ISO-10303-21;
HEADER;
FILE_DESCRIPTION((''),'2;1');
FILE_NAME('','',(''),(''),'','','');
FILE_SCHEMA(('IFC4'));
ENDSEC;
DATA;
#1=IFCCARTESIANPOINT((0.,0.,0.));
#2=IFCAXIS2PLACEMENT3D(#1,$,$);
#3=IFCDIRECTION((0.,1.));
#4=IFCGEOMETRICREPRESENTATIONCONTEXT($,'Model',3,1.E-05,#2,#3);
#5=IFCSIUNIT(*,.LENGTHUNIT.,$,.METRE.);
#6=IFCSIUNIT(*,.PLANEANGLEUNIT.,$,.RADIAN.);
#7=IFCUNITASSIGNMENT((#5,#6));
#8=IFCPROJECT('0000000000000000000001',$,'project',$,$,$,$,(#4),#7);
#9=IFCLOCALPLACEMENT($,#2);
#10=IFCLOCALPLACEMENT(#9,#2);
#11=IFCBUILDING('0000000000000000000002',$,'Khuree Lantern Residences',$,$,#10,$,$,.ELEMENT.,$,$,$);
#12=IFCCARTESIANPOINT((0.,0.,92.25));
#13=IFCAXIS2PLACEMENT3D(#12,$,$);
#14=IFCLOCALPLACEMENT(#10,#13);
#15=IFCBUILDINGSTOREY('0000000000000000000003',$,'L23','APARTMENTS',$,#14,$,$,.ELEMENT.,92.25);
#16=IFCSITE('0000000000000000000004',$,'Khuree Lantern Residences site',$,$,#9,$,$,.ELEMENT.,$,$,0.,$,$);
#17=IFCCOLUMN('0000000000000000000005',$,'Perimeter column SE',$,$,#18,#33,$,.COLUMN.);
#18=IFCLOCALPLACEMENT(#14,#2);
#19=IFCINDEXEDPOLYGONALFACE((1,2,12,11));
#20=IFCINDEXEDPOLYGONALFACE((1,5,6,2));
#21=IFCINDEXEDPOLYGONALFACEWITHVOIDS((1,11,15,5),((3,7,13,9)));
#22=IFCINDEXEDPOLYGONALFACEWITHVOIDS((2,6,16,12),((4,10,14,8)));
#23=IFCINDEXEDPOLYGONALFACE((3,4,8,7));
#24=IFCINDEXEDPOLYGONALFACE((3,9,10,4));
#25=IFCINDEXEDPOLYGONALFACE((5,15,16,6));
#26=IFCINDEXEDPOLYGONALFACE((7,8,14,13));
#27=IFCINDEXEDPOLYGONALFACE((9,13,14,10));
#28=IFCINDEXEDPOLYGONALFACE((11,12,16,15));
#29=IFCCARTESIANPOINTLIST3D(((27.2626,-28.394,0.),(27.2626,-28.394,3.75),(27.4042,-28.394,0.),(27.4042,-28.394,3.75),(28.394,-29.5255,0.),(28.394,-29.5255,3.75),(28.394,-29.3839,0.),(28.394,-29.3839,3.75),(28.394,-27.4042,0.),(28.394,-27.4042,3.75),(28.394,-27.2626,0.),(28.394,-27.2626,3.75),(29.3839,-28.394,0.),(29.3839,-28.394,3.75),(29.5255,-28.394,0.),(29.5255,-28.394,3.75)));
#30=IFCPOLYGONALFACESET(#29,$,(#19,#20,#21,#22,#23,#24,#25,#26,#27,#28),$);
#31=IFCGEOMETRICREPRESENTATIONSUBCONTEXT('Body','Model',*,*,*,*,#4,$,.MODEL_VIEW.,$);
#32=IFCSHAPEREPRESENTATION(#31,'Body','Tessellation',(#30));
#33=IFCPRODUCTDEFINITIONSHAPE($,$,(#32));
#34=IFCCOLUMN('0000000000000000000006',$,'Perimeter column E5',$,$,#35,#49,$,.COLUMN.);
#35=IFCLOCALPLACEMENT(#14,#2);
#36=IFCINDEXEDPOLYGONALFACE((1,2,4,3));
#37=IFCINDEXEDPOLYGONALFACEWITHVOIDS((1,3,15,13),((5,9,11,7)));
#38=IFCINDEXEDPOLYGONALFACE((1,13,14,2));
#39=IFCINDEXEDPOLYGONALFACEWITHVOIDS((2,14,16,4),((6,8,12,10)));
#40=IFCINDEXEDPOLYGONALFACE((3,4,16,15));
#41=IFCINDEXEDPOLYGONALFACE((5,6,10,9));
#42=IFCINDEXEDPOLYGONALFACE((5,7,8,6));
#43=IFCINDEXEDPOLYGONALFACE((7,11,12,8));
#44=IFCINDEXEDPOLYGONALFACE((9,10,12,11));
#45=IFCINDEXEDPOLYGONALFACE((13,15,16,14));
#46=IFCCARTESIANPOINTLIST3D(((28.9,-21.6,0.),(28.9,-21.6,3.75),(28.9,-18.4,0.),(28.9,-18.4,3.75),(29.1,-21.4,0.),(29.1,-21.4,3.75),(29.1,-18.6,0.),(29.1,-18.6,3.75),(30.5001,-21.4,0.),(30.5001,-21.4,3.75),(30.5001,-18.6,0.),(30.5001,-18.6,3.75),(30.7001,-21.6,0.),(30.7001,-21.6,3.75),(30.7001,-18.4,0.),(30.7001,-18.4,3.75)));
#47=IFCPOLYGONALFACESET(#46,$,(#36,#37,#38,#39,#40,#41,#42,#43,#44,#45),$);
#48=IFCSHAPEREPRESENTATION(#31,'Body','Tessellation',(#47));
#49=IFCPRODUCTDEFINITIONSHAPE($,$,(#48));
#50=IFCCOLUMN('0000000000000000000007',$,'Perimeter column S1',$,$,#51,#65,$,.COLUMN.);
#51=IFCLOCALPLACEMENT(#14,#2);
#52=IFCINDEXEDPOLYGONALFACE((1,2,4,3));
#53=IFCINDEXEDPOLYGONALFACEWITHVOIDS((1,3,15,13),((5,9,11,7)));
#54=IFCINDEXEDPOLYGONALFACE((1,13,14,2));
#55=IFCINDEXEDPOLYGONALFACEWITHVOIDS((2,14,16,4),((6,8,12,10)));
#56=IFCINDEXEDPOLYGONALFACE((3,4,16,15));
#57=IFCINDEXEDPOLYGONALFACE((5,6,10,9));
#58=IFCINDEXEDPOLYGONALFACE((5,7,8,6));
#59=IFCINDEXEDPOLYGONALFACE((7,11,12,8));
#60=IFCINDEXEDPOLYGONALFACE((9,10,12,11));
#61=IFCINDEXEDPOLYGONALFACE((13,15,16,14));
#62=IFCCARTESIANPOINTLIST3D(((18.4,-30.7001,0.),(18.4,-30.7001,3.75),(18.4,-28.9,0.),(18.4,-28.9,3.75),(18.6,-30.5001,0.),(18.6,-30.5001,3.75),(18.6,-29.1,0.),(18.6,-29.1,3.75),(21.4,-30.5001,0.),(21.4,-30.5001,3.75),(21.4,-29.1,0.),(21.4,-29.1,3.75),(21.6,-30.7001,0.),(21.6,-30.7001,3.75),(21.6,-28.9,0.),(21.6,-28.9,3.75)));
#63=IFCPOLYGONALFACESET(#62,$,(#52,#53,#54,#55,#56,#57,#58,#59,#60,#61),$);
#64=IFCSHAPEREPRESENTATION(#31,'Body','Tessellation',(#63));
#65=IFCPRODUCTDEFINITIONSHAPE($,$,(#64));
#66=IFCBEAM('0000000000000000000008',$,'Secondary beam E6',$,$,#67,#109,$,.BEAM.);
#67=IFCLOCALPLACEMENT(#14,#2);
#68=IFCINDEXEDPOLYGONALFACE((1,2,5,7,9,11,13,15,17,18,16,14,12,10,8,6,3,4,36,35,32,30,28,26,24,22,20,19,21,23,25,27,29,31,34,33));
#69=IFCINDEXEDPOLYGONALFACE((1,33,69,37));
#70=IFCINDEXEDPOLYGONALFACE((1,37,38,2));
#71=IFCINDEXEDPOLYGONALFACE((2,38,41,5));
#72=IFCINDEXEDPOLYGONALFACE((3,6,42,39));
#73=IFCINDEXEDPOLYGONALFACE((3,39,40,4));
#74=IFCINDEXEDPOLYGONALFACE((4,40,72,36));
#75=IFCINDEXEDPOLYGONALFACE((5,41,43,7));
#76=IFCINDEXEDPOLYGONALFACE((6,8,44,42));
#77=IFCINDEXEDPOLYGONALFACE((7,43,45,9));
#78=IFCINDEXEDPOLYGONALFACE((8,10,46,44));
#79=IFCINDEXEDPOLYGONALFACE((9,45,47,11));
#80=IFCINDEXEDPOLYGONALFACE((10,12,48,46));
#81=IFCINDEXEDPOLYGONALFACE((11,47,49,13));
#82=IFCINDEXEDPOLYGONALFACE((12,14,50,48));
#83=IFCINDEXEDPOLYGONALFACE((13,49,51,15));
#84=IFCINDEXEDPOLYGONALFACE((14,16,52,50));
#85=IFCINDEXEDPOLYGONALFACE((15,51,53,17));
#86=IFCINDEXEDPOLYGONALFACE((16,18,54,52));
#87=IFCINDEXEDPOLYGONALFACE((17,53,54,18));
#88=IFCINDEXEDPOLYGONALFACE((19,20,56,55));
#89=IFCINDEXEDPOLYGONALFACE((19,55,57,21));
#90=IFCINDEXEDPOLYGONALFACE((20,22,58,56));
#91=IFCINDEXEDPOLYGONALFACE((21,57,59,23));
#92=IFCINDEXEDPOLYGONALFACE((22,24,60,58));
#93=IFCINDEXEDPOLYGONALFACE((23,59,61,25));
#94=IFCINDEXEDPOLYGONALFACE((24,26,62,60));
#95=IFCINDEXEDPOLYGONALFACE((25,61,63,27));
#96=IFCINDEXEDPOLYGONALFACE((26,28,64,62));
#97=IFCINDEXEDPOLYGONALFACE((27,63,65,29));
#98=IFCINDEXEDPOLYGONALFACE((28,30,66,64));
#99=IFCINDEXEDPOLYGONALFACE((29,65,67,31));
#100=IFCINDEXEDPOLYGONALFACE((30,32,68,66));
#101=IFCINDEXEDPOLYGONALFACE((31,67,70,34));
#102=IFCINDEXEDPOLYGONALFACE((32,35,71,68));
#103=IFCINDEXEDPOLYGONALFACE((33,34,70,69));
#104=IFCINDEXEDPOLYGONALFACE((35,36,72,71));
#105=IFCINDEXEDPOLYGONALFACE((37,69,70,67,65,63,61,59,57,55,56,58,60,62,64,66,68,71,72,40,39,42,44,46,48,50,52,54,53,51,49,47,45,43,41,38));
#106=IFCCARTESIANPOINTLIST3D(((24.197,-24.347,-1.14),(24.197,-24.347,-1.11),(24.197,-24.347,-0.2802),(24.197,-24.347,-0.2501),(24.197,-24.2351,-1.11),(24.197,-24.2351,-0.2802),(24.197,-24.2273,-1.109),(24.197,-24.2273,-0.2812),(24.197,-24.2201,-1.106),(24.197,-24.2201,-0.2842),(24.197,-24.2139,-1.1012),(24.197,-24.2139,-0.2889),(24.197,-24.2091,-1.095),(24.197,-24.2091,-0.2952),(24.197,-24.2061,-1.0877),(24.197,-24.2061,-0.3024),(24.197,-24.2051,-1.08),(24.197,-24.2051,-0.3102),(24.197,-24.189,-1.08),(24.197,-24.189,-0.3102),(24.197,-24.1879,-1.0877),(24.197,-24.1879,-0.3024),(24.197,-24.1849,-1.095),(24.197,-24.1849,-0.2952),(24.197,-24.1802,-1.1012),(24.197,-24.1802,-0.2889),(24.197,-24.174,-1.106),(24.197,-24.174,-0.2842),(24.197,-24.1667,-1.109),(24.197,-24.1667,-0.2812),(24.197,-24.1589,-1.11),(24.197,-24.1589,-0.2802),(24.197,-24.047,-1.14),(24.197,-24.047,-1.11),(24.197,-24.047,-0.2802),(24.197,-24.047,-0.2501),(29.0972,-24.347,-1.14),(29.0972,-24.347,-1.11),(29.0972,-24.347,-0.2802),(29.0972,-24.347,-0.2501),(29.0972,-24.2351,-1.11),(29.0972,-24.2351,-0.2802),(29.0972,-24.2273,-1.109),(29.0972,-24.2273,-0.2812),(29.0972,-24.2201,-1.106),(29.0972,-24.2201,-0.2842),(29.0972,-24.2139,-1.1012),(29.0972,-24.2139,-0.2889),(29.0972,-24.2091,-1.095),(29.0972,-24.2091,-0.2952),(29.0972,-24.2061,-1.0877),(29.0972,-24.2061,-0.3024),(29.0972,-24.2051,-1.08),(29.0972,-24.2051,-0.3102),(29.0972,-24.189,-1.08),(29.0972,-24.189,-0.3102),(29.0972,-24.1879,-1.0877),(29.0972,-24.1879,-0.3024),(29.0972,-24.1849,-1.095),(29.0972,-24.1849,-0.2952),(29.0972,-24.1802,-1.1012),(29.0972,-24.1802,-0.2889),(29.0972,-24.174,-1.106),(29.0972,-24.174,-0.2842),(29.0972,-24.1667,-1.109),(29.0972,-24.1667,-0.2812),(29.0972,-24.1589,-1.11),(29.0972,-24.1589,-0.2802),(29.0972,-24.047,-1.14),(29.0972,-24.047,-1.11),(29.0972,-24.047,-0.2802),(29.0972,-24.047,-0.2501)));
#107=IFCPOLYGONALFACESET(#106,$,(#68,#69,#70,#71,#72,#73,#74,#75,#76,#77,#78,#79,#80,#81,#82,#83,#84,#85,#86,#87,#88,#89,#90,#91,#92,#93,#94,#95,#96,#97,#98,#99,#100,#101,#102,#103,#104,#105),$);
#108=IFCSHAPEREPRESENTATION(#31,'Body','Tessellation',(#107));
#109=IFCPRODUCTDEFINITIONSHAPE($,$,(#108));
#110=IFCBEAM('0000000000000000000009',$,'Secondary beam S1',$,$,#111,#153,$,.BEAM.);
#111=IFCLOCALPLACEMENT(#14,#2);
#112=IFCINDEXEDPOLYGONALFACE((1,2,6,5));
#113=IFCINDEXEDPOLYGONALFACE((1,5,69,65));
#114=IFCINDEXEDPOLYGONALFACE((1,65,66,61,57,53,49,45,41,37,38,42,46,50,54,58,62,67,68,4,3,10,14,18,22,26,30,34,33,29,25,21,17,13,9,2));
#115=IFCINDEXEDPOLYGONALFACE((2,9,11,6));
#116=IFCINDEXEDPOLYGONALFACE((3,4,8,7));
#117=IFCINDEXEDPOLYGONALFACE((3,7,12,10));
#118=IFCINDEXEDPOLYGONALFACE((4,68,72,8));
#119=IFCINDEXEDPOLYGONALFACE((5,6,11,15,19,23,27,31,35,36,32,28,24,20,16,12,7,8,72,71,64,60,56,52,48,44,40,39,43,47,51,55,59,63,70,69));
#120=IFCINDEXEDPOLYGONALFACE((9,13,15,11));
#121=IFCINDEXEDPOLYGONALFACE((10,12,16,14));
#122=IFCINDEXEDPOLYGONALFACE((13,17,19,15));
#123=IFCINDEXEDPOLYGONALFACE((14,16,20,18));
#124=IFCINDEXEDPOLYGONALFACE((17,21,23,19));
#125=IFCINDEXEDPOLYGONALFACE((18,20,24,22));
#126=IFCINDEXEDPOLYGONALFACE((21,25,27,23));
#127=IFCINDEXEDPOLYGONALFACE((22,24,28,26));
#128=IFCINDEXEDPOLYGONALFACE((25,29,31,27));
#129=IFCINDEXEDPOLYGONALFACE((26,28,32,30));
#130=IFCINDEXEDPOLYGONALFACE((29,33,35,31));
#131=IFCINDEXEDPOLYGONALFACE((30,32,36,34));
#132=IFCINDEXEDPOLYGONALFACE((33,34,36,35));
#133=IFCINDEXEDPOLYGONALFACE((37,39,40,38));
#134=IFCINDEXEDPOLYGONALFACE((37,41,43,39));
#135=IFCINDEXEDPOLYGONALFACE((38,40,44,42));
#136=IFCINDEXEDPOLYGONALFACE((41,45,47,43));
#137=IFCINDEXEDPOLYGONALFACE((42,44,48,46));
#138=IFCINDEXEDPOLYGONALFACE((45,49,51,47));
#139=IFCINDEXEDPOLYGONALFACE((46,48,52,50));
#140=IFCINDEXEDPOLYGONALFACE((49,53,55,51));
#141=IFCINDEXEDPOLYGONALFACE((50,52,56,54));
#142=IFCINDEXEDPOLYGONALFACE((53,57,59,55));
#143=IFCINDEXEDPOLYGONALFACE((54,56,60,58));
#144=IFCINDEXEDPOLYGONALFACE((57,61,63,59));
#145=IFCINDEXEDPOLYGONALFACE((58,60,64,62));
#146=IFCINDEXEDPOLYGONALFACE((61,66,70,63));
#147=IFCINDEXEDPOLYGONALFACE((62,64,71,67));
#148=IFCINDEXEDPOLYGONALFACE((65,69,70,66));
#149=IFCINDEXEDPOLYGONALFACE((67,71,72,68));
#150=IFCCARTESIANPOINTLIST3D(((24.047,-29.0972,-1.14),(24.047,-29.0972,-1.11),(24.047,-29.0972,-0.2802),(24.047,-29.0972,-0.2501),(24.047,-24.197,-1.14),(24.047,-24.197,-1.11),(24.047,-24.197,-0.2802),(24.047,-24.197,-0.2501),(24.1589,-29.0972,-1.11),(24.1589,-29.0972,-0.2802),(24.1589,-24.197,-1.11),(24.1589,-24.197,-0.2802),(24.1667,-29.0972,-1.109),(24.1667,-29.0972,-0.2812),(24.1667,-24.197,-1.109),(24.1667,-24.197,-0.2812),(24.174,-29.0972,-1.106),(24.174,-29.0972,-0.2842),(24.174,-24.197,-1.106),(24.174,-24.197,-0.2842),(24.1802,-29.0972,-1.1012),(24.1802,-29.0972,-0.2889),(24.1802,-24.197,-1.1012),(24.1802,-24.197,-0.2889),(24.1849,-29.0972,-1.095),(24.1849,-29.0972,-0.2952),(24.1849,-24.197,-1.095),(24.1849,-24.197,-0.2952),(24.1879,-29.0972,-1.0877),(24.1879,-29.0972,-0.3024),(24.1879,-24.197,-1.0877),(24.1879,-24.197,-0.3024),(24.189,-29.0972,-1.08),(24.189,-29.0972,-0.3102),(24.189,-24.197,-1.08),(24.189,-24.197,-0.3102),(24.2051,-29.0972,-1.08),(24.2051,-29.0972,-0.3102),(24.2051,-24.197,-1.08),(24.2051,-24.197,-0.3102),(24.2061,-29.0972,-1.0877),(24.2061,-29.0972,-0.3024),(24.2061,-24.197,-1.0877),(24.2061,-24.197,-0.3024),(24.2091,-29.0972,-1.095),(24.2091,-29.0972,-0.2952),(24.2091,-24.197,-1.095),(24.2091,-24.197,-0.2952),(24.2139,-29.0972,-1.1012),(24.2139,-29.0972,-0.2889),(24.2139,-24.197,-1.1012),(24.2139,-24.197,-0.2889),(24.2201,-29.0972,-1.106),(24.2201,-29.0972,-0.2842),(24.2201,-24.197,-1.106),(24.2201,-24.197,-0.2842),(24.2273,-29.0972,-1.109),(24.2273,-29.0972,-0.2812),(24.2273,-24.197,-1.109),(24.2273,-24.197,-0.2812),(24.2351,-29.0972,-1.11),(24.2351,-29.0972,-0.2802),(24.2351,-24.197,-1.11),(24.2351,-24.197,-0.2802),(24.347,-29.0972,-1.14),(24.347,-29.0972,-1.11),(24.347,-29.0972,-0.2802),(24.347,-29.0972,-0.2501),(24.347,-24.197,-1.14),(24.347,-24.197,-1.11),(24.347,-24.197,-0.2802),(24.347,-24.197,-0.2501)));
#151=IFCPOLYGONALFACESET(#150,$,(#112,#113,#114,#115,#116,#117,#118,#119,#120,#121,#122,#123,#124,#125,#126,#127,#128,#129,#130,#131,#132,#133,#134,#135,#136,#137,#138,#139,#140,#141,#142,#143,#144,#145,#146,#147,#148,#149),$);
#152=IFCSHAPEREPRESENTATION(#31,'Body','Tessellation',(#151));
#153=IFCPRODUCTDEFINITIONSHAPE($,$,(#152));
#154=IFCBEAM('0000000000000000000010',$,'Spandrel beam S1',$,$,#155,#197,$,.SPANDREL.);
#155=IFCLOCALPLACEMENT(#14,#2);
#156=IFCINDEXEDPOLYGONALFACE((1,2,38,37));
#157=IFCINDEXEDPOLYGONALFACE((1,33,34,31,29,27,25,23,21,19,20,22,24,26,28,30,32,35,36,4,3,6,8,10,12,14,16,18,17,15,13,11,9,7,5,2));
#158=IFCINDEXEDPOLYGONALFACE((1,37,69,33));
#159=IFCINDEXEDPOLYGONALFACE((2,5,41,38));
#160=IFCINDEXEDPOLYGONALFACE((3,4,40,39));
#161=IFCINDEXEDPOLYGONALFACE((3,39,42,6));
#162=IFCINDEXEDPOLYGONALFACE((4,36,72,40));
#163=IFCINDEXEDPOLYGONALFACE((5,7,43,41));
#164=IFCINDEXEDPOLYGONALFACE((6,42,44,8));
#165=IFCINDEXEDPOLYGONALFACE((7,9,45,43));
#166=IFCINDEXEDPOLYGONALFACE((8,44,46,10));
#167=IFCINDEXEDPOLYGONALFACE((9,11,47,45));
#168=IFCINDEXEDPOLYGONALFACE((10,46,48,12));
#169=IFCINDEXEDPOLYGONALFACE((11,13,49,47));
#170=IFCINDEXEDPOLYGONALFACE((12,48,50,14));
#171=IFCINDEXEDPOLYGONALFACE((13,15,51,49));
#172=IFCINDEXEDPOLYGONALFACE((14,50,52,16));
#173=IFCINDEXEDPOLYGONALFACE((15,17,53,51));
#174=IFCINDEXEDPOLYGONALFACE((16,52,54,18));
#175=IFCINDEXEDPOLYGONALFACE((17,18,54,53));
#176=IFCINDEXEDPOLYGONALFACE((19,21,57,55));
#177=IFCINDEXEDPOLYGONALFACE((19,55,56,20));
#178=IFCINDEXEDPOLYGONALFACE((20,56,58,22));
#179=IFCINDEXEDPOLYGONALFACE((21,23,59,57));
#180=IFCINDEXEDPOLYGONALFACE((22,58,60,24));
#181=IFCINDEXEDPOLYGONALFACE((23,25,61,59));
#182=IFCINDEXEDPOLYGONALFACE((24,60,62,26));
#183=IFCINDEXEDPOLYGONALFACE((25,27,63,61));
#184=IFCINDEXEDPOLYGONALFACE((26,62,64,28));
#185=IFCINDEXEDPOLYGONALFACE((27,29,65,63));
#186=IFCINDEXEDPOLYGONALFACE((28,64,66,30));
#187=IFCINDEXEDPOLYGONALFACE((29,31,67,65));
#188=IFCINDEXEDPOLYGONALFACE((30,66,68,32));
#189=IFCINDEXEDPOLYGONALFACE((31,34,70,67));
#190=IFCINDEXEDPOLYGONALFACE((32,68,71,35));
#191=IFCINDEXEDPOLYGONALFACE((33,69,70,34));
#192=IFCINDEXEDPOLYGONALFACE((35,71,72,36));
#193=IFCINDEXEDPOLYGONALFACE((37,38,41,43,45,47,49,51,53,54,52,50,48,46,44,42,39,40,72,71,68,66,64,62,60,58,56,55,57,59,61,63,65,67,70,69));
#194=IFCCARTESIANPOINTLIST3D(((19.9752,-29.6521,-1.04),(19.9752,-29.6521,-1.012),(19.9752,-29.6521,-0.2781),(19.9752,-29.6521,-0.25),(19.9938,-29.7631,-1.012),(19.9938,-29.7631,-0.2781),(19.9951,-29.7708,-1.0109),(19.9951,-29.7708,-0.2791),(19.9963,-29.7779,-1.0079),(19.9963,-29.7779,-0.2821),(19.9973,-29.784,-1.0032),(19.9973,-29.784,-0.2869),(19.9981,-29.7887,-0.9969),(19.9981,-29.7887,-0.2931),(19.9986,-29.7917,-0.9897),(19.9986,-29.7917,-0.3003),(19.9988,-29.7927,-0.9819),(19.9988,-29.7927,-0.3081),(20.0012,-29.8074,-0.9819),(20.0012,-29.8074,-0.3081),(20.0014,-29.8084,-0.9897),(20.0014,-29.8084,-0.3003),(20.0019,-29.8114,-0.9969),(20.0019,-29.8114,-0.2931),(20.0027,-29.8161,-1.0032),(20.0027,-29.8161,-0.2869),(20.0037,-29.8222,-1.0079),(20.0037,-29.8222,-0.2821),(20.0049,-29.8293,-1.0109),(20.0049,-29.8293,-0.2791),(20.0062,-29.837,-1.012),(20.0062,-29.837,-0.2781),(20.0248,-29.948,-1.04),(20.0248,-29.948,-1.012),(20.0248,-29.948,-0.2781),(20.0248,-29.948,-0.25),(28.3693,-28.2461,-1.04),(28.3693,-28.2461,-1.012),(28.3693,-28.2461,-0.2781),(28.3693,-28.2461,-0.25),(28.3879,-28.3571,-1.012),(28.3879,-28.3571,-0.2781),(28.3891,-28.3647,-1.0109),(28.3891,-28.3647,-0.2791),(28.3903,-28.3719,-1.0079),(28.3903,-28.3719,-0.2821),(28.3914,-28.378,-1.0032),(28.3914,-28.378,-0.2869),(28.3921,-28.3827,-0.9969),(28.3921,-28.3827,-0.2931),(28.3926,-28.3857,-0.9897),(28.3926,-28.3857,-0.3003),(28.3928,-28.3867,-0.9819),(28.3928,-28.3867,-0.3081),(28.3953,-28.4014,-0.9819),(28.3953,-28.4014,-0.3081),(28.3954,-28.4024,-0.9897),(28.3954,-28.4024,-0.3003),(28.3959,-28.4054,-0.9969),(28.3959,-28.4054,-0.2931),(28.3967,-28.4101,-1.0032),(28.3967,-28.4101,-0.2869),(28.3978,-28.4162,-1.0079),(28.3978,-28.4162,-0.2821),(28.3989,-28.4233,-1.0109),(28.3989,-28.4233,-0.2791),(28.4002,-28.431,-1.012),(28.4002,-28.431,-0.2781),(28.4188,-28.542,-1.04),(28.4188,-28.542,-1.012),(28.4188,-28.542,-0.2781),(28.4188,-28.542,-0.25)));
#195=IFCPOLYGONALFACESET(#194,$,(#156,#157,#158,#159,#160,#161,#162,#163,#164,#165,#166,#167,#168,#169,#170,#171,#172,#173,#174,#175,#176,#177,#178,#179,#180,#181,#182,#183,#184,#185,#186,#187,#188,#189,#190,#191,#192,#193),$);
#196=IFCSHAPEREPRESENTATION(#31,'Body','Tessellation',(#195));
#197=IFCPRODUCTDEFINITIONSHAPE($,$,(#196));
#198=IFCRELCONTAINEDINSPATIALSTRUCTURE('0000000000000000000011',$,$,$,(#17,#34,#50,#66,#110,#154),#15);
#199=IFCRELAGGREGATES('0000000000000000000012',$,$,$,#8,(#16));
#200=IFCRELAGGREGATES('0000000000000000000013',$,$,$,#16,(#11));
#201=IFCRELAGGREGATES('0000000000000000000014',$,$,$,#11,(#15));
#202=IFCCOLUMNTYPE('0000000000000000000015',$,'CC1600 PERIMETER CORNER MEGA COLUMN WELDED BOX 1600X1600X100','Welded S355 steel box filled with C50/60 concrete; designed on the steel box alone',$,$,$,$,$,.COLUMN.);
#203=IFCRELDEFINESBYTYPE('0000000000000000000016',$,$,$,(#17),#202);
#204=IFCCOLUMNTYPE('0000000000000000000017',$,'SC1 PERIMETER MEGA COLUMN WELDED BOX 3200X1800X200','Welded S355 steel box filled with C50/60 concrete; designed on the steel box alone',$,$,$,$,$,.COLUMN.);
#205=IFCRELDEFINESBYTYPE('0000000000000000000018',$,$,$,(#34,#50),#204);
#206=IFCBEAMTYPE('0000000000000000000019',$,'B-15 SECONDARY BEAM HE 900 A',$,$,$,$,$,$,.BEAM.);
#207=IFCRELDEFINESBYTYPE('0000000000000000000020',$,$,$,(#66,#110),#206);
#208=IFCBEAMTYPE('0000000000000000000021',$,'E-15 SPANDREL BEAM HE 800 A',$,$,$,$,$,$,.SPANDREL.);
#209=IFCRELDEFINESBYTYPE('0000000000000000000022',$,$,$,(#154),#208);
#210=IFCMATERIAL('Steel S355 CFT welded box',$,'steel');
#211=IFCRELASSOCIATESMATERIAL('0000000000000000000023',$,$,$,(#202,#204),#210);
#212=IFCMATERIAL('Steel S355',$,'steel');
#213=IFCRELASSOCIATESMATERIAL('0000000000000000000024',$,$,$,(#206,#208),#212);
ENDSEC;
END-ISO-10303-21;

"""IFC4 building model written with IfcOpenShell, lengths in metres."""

from ifc_helpers import new_model, si_unit, direction, frame, origin, origin_2d, place, context, subcontext, project, spatial, hollow_rectangle, i_section, extrude, material, material_profile, profile_set, type_object, element, save


model = new_model("IFC4")

# Units and contexts
model_context = context("Model", 3, precision=1e-05, world=origin(), true_north=direction((0.0, 1.0)))
body_context = subcontext(model_context, "Body", "Model", "MODEL_VIEW")
ifc_project = project(units=[si_unit("LENGTHUNIT", "METRE"), si_unit("PLANEANGLEUNIT", "RADIAN")], contexts=[model_context])

# Site, building, storey
site_placement = place(None, origin())
site = spatial("IfcSite", under=ifc_project, at=site_placement, Name="Khuree Lantern Residences site", CompositionType="ELEMENT", RefElevation=0.0)
building_placement = place(site_placement, origin())
building = spatial("IfcBuilding", under=site, at=building_placement, Name="Khuree Lantern Residences", CompositionType="ELEMENT")
storey_placement = place(building_placement, frame((0.0, 0.0, 92.25)))
storey = spatial("IfcBuildingStorey", under=building, at=storey_placement, Name="L23", Description="APARTMENTS", CompositionType="ELEMENT", Elevation=92.25)

# Columns
ifc_material_1 = material(Name="Steel S355 CFT welded box", Category="steel")
ifc_material_profile_1 = material_profile(ifc_material_1, hollow_rectangle(XDim=1.6001, YDim=1.6001, WallThickness=0.1001, at=origin_2d()), Name="WELDED BOX 1600X1600X100")
ifc_profile_set_1 = profile_set([ifc_material_profile_1], Name="Steel S355 CFT welded box")
column_type_1 = type_object("IfcColumnType", Name="CC1600 PERIMETER CORNER MEGA COLUMN WELDED BOX 1600X1600X100", Description="Welded S355 steel box filled with C50/60 concrete; designed on the steel box alone", PredefinedType="COLUMN", material=ifc_profile_set_1)
column_placement = place(storey_placement, frame((28.394, -28.394, 0.0), z_axis=(0.0, 0.0, 1.0), x_axis=(0.707107, 0.707107, 0.0)))
element("IfcColumn", 1, at=column_placement, inside=storey, type_object=column_type_1, Name="Perimeter column SE", PredefinedType="COLUMN", context=body_context, shape_type="SweptSolid", body=[
    extrude(hollow_rectangle(XDim=1.6001, YDim=1.6001, WallThickness=0.1001, at=origin_2d()), origin(), (0.0, 0.0, 1.0), 3.75),
])
ifc_material_profile_2 = material_profile(ifc_material_1, hollow_rectangle(XDim=3.2, YDim=1.8, WallThickness=0.2, at=origin_2d()), Name="WELDED BOX 3200X1800X200")
ifc_profile_set_2 = profile_set([ifc_material_profile_2], Name="Steel S355 CFT welded box")
column_type_2 = type_object("IfcColumnType", Name="SC1 PERIMETER MEGA COLUMN WELDED BOX 3200X1800X200", Description="Welded S355 steel box filled with C50/60 concrete; designed on the steel box alone", PredefinedType="COLUMN", material=ifc_profile_set_2)
for number, where, z_axis, x_axis, name in (
    (2, (29.8, -20.0, 0.0), (0.0, 0.0, 1.0), (0.0, 1.0, 0.0), "Perimeter column E5"),
    (3, (20.0, -29.8, 0.0), (0.0, 0.0, 1.0), (1.0, 0.0, 0.0), "Perimeter column S1"),
):
    element("IfcColumn", number, at=place(storey_placement, frame(where, z_axis=z_axis, x_axis=x_axis)), inside=storey, type_object=column_type_2, Name=name, PredefinedType="COLUMN", context=body_context, shape_type="SweptSolid", body=[
        extrude(hollow_rectangle(XDim=3.2, YDim=1.8, WallThickness=0.2, at=origin_2d()), origin(), (0.0, 0.0, 1.0), 3.75),
    ])

# Beams
ifc_material_2 = material(Name="Steel S355", Category="steel")
ifc_material_profile_3 = material_profile(ifc_material_2, i_section(OverallWidth=0.3, OverallDepth=0.8899, WebThickness=0.0161, FlangeThickness=0.03, FilletRadius=0.03, at=origin_2d()), Name="HE 900 A")
ifc_profile_set_3 = profile_set([ifc_material_profile_3], Name="Steel S355")
beam_type_1 = type_object("IfcBeamType", Name="B-15 SECONDARY BEAM HE 900 A", PredefinedType="BEAM", material=ifc_profile_set_3)
for number, where, z_axis, x_axis, name in (
    (4, (29.0972, -24.197, -0.6951), (-1.0, 0.0, 0.0), (0.0, -1.0, 0.0), "Secondary beam E6"),
    (5, (24.197, -29.0972, -0.6951), (0.0, 1.0, 0.0), (-1.0, 0.0, 0.0), "Secondary beam S1"),
):
    element("IfcBeam", number, at=place(storey_placement, frame(where, z_axis=z_axis, x_axis=x_axis)), inside=storey, type_object=beam_type_1, Name=name, PredefinedType="BEAM", context=body_context, shape_type="SweptSolid", body=[
        extrude(i_section(OverallWidth=0.3, OverallDepth=0.8899, WebThickness=0.0161, FlangeThickness=0.03, FilletRadius=0.03, at=origin_2d()), origin(), (0.0, 0.0, 1.0), 4.9001),
    ])
ifc_material_profile_4 = material_profile(ifc_material_2, i_section(OverallWidth=0.3, OverallDepth=0.79, WebThickness=0.0149, FlangeThickness=0.0281, FilletRadius=0.03, at=origin_2d()), Name="HE 800 A")
ifc_profile_set_4 = profile_set([ifc_material_profile_4], Name="Steel S355")
beam_type_2 = type_object("IfcBeamType", Name="E-15 SPANDREL BEAM HE 800 A", PredefinedType="SPANDREL", material=ifc_profile_set_4)
beam_1_placement = place(storey_placement, frame((28.394, -28.394, -0.645), z_axis=(-0.98626, -0.165199, 0.0), x_axis=(0.165199, -0.98626, 0.0)))
element("IfcBeam", 6, at=beam_1_placement, inside=storey, type_object=beam_type_2, Name="Spandrel beam S1", PredefinedType="SPANDREL", context=body_context, shape_type="SweptSolid", body=[
    extrude(i_section(OverallWidth=0.3, OverallDepth=0.79, WebThickness=0.0149, FlangeThickness=0.0281, FilletRadius=0.03, at=origin_2d()), origin(), (0.0, 0.0, 1.0), 8.511),
])

save(model, "model.ifc")
